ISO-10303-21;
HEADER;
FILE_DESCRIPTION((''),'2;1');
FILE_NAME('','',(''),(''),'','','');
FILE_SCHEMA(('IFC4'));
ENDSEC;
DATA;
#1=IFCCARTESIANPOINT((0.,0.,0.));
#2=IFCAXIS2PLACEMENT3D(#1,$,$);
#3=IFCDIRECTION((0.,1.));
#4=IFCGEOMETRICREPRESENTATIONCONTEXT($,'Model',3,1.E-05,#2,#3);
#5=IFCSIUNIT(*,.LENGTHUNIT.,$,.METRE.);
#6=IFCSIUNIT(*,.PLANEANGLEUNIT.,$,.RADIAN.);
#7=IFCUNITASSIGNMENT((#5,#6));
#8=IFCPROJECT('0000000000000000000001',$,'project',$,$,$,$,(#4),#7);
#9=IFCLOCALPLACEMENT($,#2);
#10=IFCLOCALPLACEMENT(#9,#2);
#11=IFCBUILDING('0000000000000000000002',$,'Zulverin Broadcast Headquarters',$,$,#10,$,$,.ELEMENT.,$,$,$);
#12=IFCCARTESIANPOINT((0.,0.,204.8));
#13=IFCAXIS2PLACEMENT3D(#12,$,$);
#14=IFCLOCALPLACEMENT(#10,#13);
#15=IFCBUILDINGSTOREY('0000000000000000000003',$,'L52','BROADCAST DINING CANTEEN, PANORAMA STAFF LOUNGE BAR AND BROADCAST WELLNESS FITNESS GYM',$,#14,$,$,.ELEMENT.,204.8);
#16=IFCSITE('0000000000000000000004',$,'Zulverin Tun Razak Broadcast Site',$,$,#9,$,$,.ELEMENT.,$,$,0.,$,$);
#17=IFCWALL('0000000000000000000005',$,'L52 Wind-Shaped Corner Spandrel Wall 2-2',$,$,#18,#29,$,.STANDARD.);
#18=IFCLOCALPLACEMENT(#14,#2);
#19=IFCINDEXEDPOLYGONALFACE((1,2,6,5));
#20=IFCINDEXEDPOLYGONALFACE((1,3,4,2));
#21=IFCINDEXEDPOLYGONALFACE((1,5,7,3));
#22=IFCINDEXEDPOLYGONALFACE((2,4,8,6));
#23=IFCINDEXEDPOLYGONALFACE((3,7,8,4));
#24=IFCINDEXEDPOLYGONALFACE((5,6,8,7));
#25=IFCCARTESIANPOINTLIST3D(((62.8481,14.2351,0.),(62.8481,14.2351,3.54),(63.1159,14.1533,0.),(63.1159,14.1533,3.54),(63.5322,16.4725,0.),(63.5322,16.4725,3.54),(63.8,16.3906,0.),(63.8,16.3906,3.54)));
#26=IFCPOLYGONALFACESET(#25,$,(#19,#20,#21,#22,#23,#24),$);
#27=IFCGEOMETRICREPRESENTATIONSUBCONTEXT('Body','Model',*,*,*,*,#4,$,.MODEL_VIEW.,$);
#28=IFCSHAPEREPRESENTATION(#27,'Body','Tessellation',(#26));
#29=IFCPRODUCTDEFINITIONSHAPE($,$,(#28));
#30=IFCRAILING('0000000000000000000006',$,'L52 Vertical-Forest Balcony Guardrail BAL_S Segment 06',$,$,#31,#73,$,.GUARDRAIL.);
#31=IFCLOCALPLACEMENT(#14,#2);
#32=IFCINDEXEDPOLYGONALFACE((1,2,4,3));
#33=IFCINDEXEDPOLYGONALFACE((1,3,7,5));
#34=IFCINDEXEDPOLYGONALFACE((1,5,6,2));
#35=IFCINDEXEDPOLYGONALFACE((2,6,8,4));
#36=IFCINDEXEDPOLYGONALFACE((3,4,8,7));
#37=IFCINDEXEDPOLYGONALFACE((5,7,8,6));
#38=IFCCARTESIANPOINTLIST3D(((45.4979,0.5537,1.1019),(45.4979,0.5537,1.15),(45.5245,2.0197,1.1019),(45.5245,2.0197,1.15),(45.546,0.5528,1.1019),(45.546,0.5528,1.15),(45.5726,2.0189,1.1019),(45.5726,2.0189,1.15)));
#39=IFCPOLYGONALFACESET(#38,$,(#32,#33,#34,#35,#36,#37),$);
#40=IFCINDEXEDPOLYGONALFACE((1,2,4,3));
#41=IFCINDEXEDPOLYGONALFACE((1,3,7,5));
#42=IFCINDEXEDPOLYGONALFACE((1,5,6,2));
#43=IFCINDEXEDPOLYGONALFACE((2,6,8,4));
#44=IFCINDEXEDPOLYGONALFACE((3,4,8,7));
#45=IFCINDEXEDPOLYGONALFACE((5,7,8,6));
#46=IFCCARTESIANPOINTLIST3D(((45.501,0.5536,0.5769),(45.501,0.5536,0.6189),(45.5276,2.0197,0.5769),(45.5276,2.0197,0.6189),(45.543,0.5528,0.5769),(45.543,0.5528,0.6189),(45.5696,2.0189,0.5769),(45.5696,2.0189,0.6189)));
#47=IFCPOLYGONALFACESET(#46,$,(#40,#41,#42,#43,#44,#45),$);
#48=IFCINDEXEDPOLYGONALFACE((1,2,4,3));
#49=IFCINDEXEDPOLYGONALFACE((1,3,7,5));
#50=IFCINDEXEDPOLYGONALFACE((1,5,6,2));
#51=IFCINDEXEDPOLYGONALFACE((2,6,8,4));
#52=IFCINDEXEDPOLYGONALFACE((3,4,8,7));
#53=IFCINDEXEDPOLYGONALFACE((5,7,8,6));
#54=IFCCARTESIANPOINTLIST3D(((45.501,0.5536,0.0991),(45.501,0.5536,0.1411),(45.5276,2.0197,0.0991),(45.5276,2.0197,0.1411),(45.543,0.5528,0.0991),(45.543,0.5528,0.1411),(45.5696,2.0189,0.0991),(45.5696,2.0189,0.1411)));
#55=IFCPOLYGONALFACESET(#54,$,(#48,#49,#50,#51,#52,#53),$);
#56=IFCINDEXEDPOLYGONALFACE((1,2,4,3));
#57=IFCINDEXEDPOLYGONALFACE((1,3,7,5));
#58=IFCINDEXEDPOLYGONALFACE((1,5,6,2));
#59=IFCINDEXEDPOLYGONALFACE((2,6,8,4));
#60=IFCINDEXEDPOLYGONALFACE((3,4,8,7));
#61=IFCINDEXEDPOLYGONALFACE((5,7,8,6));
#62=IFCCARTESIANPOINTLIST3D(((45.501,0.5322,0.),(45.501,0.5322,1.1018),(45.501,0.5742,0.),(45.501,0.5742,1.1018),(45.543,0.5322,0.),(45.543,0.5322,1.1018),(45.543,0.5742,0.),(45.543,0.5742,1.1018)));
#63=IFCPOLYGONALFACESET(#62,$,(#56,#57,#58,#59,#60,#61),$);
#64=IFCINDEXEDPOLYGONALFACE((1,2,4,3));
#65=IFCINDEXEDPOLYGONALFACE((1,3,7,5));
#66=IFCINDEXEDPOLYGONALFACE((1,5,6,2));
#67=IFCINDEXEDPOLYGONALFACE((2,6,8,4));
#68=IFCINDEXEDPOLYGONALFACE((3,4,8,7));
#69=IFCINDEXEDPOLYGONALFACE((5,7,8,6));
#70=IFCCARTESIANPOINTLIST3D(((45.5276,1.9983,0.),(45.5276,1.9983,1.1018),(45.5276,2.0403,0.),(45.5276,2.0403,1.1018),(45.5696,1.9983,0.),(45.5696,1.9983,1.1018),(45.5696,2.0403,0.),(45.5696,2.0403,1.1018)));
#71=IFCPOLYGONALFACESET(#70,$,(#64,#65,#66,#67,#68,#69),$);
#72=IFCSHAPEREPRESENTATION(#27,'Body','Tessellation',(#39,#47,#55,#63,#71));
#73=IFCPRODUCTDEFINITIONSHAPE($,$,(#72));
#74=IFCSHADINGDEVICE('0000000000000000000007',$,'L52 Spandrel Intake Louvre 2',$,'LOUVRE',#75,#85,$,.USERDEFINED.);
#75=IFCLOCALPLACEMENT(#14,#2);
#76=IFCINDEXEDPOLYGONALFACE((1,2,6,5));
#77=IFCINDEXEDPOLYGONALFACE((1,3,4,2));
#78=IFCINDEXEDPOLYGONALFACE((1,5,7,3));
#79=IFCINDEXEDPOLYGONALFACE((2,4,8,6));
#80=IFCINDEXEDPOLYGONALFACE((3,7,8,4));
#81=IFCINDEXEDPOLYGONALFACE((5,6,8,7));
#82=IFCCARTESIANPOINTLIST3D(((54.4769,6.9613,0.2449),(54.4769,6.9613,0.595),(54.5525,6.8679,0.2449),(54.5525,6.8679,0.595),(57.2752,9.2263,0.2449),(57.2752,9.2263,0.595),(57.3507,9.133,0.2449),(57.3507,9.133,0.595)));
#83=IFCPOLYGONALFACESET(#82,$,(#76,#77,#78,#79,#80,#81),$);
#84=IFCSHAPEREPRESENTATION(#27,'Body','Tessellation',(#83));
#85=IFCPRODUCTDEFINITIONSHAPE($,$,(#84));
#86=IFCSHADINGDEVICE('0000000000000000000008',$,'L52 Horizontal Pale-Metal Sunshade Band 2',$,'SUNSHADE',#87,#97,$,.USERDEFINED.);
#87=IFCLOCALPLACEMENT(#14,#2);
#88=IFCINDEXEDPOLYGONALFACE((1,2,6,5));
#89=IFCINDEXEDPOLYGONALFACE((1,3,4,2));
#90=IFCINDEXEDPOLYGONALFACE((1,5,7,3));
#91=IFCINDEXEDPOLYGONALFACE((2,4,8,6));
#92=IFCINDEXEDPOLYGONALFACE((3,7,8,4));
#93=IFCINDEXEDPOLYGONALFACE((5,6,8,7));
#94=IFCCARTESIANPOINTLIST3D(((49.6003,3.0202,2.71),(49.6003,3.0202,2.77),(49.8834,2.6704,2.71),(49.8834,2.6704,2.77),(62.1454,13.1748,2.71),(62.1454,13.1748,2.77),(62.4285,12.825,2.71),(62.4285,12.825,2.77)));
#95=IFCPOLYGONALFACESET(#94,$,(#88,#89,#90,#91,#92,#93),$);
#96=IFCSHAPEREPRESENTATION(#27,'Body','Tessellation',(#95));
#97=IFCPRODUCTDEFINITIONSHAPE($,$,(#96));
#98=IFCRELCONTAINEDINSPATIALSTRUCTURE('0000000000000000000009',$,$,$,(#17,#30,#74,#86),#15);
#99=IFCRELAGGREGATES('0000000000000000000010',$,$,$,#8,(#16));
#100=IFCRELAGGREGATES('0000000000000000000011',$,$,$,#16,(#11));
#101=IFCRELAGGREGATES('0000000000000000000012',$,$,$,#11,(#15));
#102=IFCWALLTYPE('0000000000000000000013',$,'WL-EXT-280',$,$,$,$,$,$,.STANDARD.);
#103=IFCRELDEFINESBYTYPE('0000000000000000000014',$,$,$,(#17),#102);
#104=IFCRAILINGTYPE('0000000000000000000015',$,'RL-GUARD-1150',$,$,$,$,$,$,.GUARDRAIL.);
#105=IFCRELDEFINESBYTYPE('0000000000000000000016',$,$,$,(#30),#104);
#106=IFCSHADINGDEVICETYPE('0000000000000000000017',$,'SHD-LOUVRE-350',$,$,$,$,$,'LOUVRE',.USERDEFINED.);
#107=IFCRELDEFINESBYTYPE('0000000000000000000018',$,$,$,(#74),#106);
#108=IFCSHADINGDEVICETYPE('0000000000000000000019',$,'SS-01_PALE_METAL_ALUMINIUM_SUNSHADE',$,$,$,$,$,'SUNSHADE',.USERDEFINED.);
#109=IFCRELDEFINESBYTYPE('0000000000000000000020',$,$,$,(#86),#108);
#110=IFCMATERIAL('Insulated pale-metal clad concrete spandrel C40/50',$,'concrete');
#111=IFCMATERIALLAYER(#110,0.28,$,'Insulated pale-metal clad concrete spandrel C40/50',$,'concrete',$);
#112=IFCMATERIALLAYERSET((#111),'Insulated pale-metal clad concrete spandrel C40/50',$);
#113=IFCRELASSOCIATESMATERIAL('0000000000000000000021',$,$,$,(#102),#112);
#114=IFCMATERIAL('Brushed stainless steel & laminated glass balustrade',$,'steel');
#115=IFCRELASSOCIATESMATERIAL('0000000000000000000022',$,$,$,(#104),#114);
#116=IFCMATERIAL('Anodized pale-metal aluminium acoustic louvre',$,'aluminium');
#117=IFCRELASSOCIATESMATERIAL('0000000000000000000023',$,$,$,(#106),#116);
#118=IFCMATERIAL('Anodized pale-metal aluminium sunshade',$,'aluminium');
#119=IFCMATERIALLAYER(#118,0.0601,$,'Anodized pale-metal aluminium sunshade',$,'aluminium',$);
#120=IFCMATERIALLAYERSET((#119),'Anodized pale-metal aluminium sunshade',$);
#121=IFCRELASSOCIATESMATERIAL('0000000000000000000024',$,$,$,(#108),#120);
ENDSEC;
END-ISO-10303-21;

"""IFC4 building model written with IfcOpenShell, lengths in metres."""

from ifc_helpers import new_model, si_unit, direction, frame, frame_2d, origin, origin_2d, place, context, subcontext, project, spatial, rectangle, extrude, material, layer, layer_set, type_object, element, save


model = new_model("IFC4")

# Units and contexts
model_context = context("Model", 3, precision=1e-05, world=origin(), true_north=direction((0.0, 1.0)))
body_context = subcontext(model_context, "Body", "Model", "MODEL_VIEW")
ifc_project = project(units=[si_unit("LENGTHUNIT", "METRE"), si_unit("PLANEANGLEUNIT", "RADIAN")], contexts=[model_context])

# Site, building, storey
site_placement = place(None, origin())
site = spatial("IfcSite", under=ifc_project, at=site_placement, Name="Zulverin Tun Razak Broadcast Site", CompositionType="ELEMENT", RefElevation=0.0)
building_placement = place(site_placement, origin())
building = spatial("IfcBuilding", under=site, at=building_placement, Name="Zulverin Broadcast Headquarters", CompositionType="ELEMENT")
storey_placement = place(building_placement, frame((0.0, 0.0, 204.8)))
storey = spatial("IfcBuildingStorey", under=building, at=storey_placement, Name="L52", Description="BROADCAST DINING CANTEEN, PANORAMA STAFF LOUNGE BAR AND BROADCAST WELLNESS FITNESS GYM", CompositionType="ELEMENT", Elevation=204.8)

# Shared definitions
ifc_material_1 = material(Name="Insulated pale-metal clad concrete spandrel C40/50", Category="concrete")
ifc_layer_1 = layer(ifc_material_1, 0.28, Name="Insulated pale-metal clad concrete spandrel C40/50", Category="concrete")
ifc_layer_set_1 = layer_set([ifc_layer_1], Name="Insulated pale-metal clad concrete spandrel C40/50")
wall_type_1 = type_object("IfcWallType", Name="WL-EXT-280", PredefinedType="STANDARD", material=ifc_layer_set_1)

# Wall
wall_1_placement = place(storey_placement, frame((62.9819, 14.1941, 0.0), z_axis=(0.0, 0.0, 1.0), x_axis=(0.292399, 0.956296, 0.0)))
element("IfcWall", 1, at=wall_1_placement, inside=storey, type_object=wall_type_1, Name="L52 Wind-Shaped Corner Spandrel Wall 2-2", PredefinedType="STANDARD", context=body_context, shape_type="SweptSolid", body=[
    extrude(rectangle(XDim=2.3396, YDim=0.28, at=frame_2d((1.1699, 0.0))), origin(), (0.0, 0.0, 1.0), 3.54),
])

# Railing
ifc_material_2 = material(Name="Brushed stainless steel & laminated glass balustrade", Category="steel")
railing_type = type_object("IfcRailingType", Name="RL-GUARD-1150", PredefinedType="GUARDRAIL", material=ifc_material_2)
railing_placement = place(storey_placement, frame((45.522, 0.5532, 0.0)))
element("IfcRailing", 2, at=railing_placement, inside=storey, type_object=railing_type, Name="L52 Vertical-Forest Balcony Guardrail BAL_S Segment 06", PredefinedType="GUARDRAIL", context=body_context, shape_type="SweptSolid", body=[
    extrude(rectangle(XDim=0.0481, YDim=0.0481, at=origin_2d()), frame((0.0, 0.0, 1.126), z_axis=(0.018149, 0.999835, 0.0), x_axis=(-0.999835, 0.018149, 0.0)), (0.0, 0.0, 1.0), 1.4663),
    extrude(rectangle(XDim=0.042, YDim=0.042, at=origin_2d()), frame((0.0, 0.0, 0.5979), z_axis=(0.018149, 0.999835, 0.0), x_axis=(-0.999835, 0.018149, 0.0)), (0.0, 0.0, 1.0), 1.4663),
    extrude(rectangle(XDim=0.042, YDim=0.042, at=origin_2d()), frame((0.0, 0.0, 0.1201), z_axis=(0.018149, 0.999835, 0.0), x_axis=(-0.999835, 0.018149, 0.0)), (0.0, 0.0, 1.0), 1.4663),
    extrude(rectangle(XDim=0.042, YDim=0.042, at=origin_2d()), origin(), (0.0, 0.0, 1.0), 1.1018),
    extrude(rectangle(XDim=0.042, YDim=0.042, at=origin_2d()), frame((0.0266, 1.4661, 0.0)), (0.0, 0.0, 1.0), 1.1018),
])

# Shading devices
ifc_material_3 = material(Name="Anodized pale-metal aluminium acoustic louvre", Category="aluminium")
shading_device_type_1 = type_object("IfcShadingDeviceType", Name="SHD-LOUVRE-350", ElementType="LOUVRE", PredefinedType="USERDEFINED", material=ifc_material_3)
shading_device_1_placement = place(storey_placement, frame((55.9138, 8.0471, 0.2449), z_axis=(0.0, 0.0, 1.0), x_axis=(0.777274, 0.629162, 0.0)))
element("IfcShadingDevice", 3, at=shading_device_1_placement, inside=storey, type_object=shading_device_type_1, Name="L52 Spandrel Intake Louvre 2", ObjectType="LOUVRE", PredefinedType="USERDEFINED", context=body_context, shape_type="SweptSolid", body=[
    extrude(rectangle(XDim=3.6001, YDim=0.1201, at=origin_2d()), origin(), (0.0, 0.0, 1.0), 0.3501),
])
ifc_material_4 = material(Name="Anodized pale-metal aluminium sunshade", Category="aluminium")
ifc_layer_2 = layer(ifc_material_4, 0.0601, Name="Anodized pale-metal aluminium sunshade", Category="aluminium")
ifc_layer_set_2 = layer_set([ifc_layer_2], Name="Anodized pale-metal aluminium sunshade")
shading_device_type_2 = type_object("IfcShadingDeviceType", Name="SS-01_PALE_METAL_ALUMINIUM_SUNSHADE", ElementType="SUNSHADE", PredefinedType="USERDEFINED", material=ifc_layer_set_2)
shading_device_2_placement = place(storey_placement, frame((56.0144, 7.9226, 2.71), z_axis=(0.0, 0.0, 1.0), x_axis=(0.777274, 0.629162, 0.0)))
element("IfcShadingDevice", 4, at=shading_device_2_placement, inside=storey, type_object=shading_device_type_2, Name="L52 Horizontal Pale-Metal Sunshade Band 2", ObjectType="SUNSHADE", PredefinedType="USERDEFINED", context=body_context, shape_type="SweptSolid", body=[
    extrude(rectangle(XDim=16.1399, YDim=0.45, at=origin_2d()), origin(), (0.0, 0.0, 1.0), 0.0601),
])

save(model, "model.ifc")
